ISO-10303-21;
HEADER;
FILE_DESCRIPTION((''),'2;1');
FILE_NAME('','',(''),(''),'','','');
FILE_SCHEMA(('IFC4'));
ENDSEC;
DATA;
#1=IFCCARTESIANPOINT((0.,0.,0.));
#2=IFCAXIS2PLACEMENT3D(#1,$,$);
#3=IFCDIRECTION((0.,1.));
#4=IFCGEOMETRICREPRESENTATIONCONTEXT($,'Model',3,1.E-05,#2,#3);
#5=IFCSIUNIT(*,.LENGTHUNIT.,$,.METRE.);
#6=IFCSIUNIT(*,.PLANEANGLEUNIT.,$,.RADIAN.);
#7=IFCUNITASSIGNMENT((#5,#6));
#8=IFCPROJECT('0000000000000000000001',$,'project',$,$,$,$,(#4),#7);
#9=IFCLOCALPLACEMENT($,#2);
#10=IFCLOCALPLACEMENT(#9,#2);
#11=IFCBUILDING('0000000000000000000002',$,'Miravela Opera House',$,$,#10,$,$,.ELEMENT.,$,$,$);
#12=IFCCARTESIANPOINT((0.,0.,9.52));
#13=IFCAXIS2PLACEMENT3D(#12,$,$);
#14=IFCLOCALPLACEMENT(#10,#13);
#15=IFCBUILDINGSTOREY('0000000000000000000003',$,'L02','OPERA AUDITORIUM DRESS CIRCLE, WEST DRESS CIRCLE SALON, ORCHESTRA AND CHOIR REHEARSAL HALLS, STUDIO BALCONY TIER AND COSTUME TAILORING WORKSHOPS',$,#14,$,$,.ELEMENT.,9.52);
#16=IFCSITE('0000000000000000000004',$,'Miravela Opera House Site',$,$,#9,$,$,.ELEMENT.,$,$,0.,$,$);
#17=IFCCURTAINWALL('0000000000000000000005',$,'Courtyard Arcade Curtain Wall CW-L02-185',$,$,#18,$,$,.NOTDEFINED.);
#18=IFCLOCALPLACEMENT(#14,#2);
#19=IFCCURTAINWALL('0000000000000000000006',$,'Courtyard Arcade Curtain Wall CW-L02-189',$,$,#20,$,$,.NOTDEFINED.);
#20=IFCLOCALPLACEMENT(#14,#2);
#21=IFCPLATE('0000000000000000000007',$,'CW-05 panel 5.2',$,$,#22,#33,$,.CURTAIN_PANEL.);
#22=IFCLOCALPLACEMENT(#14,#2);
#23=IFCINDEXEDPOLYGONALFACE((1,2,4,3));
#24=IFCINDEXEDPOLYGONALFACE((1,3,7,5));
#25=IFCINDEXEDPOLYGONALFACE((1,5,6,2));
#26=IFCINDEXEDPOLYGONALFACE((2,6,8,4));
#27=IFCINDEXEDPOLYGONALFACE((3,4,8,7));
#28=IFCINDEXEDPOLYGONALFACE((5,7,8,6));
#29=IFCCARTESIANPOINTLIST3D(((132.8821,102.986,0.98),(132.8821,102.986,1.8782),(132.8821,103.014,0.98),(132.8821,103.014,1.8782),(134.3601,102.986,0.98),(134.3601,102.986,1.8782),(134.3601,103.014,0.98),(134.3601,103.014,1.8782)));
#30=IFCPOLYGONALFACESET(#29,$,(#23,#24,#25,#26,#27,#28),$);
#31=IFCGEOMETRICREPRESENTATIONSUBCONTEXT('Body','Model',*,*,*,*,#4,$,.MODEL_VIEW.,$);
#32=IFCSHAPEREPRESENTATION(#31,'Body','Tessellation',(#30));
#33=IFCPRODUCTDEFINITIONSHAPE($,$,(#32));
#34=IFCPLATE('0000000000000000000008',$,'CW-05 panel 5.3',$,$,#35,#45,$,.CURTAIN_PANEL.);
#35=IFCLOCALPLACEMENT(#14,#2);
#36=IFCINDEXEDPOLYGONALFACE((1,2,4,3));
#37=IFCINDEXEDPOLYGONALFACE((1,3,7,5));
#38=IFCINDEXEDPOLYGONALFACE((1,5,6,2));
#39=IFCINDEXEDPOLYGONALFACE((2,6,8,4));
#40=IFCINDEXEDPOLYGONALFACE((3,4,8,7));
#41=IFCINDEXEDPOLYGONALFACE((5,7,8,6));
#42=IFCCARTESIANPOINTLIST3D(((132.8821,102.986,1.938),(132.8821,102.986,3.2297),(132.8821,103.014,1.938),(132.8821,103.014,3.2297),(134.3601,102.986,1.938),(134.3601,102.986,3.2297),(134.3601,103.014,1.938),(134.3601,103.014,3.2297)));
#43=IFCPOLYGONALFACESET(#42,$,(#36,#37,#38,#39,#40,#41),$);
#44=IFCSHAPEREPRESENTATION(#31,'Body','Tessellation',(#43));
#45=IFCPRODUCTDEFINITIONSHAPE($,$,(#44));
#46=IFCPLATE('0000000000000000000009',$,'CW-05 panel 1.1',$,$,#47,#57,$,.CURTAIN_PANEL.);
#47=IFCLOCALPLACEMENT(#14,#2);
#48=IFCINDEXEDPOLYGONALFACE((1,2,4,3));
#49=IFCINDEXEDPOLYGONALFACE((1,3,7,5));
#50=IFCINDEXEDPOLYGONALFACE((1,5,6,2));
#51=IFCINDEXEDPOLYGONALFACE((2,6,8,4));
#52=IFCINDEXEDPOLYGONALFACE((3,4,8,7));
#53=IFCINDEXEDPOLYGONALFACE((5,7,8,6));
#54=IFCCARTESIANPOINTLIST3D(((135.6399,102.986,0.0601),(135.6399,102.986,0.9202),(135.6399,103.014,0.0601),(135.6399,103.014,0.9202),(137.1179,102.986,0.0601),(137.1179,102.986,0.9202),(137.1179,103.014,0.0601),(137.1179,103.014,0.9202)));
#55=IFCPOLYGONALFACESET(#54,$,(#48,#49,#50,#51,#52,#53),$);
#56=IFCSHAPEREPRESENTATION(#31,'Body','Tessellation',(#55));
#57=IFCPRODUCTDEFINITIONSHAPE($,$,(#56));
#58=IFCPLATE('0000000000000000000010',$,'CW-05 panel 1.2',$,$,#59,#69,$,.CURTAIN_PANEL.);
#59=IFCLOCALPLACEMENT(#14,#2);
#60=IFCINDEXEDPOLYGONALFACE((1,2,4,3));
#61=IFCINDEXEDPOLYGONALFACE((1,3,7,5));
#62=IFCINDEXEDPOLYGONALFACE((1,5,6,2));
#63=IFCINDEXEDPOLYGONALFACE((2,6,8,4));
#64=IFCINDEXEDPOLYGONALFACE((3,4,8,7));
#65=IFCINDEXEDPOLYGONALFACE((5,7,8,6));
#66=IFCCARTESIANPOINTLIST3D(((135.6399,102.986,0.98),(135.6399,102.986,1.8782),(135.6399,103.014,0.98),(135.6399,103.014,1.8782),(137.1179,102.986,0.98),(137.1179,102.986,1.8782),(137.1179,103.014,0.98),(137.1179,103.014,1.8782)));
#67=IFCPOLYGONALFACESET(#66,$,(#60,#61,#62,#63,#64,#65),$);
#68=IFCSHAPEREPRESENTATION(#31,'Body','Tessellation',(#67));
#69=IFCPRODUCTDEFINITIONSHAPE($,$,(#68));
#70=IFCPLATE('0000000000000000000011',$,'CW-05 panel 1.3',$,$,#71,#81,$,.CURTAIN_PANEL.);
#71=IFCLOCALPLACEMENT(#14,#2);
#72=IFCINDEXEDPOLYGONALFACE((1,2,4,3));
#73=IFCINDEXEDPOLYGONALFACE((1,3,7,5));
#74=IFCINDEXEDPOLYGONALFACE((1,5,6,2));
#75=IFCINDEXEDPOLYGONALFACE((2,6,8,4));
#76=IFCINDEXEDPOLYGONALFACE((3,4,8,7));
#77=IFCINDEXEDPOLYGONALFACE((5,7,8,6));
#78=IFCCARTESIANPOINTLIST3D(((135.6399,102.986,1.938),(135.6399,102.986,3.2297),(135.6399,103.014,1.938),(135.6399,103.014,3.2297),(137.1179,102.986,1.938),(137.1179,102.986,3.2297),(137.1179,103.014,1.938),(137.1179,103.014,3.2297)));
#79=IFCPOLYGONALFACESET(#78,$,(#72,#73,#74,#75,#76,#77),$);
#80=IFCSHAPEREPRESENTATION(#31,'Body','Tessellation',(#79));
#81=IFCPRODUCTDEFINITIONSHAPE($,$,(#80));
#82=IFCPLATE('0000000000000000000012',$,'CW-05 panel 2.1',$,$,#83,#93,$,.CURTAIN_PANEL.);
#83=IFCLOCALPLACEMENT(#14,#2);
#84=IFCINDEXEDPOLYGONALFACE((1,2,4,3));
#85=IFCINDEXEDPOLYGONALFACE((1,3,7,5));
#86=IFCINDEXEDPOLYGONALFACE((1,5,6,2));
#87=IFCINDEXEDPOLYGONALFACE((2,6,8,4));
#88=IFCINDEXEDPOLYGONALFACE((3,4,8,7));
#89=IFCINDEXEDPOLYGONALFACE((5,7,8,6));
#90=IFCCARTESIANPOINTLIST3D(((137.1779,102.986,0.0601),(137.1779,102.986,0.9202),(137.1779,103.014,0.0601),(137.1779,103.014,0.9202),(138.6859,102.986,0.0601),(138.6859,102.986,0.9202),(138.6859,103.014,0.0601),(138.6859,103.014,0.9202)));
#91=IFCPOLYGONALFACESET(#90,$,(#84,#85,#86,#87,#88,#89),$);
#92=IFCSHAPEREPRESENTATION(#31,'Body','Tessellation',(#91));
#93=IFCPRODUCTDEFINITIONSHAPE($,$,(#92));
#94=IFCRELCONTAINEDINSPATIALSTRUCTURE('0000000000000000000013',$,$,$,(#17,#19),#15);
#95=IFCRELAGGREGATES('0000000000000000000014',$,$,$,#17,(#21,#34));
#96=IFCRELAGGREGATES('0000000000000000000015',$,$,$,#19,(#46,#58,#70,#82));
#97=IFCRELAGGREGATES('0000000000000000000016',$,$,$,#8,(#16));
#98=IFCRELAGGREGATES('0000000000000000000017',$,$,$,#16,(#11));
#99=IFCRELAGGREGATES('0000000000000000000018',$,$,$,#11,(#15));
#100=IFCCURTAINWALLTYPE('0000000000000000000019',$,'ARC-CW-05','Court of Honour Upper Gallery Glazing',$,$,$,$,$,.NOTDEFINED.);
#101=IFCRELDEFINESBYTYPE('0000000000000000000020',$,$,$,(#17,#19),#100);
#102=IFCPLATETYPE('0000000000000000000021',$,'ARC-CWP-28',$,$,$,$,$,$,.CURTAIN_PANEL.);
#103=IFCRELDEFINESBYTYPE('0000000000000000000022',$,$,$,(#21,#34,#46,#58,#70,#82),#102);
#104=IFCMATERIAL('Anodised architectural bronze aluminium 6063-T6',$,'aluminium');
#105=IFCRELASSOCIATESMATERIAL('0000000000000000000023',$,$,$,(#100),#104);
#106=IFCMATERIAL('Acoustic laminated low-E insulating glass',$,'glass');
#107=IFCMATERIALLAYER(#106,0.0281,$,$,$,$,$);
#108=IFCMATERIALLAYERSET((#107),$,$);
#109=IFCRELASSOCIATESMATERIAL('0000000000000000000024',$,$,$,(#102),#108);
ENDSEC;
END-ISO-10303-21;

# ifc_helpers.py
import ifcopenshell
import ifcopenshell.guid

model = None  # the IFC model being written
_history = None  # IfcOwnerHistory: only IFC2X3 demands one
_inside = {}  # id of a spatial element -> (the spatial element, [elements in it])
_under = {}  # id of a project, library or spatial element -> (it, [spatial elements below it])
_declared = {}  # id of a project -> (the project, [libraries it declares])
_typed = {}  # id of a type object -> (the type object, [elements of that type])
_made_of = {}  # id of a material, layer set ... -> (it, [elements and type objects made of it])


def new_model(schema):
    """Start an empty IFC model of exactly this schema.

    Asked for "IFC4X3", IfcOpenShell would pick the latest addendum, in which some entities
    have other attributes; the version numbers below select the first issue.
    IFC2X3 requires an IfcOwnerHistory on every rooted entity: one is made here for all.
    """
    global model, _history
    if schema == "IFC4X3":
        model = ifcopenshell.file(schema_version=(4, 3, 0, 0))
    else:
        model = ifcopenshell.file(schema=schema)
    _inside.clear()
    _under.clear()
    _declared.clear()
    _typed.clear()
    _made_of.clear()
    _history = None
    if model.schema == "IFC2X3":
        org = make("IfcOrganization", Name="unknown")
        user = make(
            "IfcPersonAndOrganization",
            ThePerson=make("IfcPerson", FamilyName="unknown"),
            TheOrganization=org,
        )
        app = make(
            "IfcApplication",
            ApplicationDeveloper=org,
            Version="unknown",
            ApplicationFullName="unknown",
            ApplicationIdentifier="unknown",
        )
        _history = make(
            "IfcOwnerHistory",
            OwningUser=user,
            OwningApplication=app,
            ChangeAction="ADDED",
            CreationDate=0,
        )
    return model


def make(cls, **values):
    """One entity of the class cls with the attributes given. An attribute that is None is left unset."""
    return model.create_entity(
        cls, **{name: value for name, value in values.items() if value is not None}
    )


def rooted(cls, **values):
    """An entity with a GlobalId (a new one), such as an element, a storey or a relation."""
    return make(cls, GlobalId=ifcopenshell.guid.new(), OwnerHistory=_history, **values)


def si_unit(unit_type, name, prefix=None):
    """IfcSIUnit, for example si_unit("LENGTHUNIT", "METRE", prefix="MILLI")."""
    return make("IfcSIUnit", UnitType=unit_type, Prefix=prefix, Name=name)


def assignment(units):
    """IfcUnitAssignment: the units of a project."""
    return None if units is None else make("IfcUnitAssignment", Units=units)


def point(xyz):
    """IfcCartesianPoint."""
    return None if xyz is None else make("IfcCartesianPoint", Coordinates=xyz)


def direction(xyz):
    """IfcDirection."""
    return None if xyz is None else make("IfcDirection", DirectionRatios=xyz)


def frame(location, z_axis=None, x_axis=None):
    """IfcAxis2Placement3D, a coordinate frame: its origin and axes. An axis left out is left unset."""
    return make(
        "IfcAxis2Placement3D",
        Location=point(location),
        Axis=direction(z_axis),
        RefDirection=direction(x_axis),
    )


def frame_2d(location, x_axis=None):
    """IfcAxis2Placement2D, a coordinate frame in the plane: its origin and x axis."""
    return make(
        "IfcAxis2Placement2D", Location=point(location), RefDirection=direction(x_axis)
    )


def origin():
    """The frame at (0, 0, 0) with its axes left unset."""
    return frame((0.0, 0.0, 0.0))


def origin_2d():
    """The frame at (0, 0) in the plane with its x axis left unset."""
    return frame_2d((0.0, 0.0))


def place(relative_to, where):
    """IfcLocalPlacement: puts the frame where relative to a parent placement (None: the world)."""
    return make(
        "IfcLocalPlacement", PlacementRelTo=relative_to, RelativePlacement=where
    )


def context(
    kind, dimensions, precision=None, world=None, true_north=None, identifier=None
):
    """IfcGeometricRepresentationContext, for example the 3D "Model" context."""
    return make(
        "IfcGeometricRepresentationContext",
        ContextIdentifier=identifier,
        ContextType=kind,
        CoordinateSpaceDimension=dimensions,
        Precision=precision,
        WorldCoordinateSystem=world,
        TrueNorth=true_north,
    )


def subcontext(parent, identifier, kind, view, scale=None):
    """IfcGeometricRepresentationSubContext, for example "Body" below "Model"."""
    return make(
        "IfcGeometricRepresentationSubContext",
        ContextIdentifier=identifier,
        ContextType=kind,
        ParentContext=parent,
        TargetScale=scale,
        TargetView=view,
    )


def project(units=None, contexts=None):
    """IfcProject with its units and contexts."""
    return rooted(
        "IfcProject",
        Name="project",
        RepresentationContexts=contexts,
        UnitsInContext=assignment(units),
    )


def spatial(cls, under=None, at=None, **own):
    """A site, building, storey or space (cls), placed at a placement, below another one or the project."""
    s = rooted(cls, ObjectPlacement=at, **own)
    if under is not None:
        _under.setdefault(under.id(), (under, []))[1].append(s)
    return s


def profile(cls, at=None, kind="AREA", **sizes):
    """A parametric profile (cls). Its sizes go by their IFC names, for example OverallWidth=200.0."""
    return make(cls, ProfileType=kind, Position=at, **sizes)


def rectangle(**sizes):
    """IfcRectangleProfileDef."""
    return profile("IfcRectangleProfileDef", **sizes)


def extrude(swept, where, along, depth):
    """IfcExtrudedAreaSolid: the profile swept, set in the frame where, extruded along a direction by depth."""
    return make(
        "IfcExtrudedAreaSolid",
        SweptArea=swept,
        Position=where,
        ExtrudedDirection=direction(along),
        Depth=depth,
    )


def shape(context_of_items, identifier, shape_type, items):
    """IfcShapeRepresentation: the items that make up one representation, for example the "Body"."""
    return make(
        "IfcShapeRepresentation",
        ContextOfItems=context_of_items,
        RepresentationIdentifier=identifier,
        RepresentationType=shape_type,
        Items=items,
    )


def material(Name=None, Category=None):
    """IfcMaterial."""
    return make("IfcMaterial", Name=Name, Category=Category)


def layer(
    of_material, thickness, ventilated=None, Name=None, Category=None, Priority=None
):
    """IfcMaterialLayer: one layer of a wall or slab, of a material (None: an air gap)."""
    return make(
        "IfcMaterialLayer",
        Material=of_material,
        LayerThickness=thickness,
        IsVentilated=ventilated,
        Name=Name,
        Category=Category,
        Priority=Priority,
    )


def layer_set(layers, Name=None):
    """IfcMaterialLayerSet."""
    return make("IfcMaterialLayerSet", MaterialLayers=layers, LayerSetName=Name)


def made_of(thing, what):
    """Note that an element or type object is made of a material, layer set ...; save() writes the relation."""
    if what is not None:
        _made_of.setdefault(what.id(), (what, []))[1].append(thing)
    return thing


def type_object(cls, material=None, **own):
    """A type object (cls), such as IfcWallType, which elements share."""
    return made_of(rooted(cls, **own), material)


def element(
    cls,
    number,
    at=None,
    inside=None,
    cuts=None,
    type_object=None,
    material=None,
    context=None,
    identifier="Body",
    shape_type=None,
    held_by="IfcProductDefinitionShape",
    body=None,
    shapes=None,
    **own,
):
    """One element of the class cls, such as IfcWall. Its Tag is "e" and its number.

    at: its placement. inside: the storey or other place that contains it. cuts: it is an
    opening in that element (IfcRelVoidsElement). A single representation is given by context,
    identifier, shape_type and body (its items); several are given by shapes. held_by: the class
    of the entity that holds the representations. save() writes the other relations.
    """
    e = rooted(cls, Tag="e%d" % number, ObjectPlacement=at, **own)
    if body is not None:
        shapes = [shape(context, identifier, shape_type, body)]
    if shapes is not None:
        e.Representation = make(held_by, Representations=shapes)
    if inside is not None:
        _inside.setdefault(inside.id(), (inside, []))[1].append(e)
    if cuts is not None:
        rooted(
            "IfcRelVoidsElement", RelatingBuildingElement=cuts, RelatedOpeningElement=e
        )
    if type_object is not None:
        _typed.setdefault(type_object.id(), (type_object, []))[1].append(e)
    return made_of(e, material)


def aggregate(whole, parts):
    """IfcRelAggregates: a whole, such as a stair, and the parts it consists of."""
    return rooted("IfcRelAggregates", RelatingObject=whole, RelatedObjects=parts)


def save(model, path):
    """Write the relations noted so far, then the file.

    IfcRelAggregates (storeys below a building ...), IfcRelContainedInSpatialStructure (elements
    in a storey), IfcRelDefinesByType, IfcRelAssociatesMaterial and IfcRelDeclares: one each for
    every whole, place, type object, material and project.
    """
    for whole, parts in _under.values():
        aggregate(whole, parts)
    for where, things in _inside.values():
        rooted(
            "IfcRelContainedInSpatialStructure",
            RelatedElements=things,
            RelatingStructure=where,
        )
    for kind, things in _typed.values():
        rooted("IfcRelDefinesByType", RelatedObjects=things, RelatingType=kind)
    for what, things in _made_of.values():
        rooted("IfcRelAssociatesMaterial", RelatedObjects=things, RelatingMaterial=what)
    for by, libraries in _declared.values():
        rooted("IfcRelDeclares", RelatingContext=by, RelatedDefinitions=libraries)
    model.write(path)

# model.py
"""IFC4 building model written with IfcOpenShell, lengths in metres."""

from ifc_helpers import new_model, si_unit, direction, frame, origin, origin_2d, place, context, subcontext, project, spatial, rectangle, extrude, material, layer, layer_set, type_object, element, aggregate, save


model = new_model("IFC4")

# Units and contexts
model_context = context("Model", 3, precision=1e-05, world=origin(), true_north=direction((0.0, 1.0)))
body_context = subcontext(model_context, "Body", "Model", "MODEL_VIEW")
ifc_project = project(units=[si_unit("LENGTHUNIT", "METRE"), si_unit("PLANEANGLEUNIT", "RADIAN")], contexts=[model_context])

# Site, building, storey
site_placement = place(None, origin())
site = spatial("IfcSite", under=ifc_project, at=site_placement, Name="Miravela Opera House Site", CompositionType="ELEMENT", RefElevation=0.0)
building_placement = place(site_placement, origin())
building = spatial("IfcBuilding", under=site, at=building_placement, Name="Miravela Opera House", CompositionType="ELEMENT")
storey_placement = place(building_placement, frame((0.0, 0.0, 9.52)))
storey = spatial("IfcBuildingStorey", under=building, at=storey_placement, Name="L02", Description="OPERA AUDITORIUM DRESS CIRCLE, WEST DRESS CIRCLE SALON, ORCHESTRA AND CHOIR REHEARSAL HALLS, STUDIO BALCONY TIER AND COSTUME TAILORING WORKSHOPS", CompositionType="ELEMENT", Elevation=9.52)

# Curtain wall
ifc_material_1 = material(Name="Anodised architectural bronze aluminium 6063-T6", Category="aluminium")
curtain_wall_type = type_object("IfcCurtainWallType", Name="ARC-CW-05", Description="Court of Honour Upper Gallery Glazing", PredefinedType="NOTDEFINED", material=ifc_material_1)
curtain_wall_1_placement = place(storey_placement, origin())
curtain_wall_1 = element("IfcCurtainWall", 1, at=curtain_wall_1_placement, inside=storey, type_object=curtain_wall_type, Name="Courtyard Arcade Curtain Wall CW-L02-185", PredefinedType="NOTDEFINED")

# Curtain wall
curtain_wall_2_placement = place(storey_placement, origin())
curtain_wall_2 = element("IfcCurtainWall", 2, at=curtain_wall_2_placement, inside=storey, type_object=curtain_wall_type, Name="Courtyard Arcade Curtain Wall CW-L02-189", PredefinedType="NOTDEFINED")

# Plates
ifc_material_2 = material(Name="Acoustic laminated low-E insulating glass", Category="glass")
ifc_layer = layer(ifc_material_2, 0.0281)
ifc_layer_set = layer_set([ifc_layer])
plate_type = type_object("IfcPlateType", Name="ARC-CWP-28", PredefinedType="CURTAIN_PANEL", material=ifc_layer_set)
plate_1_placement = place(storey_placement, frame((133.6211, 103.0, 0.98), z_axis=(0.0, 0.0, 1.0), x_axis=(1.0, 0.0, 0.0)))
plate_1 = element("IfcPlate", 3, at=plate_1_placement, type_object=plate_type, Name="CW-05 panel 5.2", PredefinedType="CURTAIN_PANEL", context=body_context, shape_type="SweptSolid", body=[
    extrude(rectangle(XDim=1.478, YDim=0.0281, at=origin_2d()), origin(), (0.0, 0.0, 1.0), 0.8982),
])
plate_2_placement = place(storey_placement, frame((133.6211, 103.0, 1.938), z_axis=(0.0, 0.0, 1.0), x_axis=(1.0, 0.0, 0.0)))
plate_2 = element("IfcPlate", 4, at=plate_2_placement, type_object=plate_type, Name="CW-05 panel 5.3", PredefinedType="CURTAIN_PANEL", context=body_context, shape_type="SweptSolid", body=[
    extrude(rectangle(XDim=1.478, YDim=0.0281, at=origin_2d()), origin(), (0.0, 0.0, 1.0), 1.2917),
])
aggregate(curtain_wall_1, [plate_1, plate_2])
plate_3_placement = place(storey_placement, frame((136.3789, 103.0, 0.0601), z_axis=(0.0, 0.0, 1.0), x_axis=(1.0, 0.0, 0.0)))
plate_3 = element("IfcPlate", 5, at=plate_3_placement, type_object=plate_type, Name="CW-05 panel 1.1", PredefinedType="CURTAIN_PANEL", context=body_context, shape_type="SweptSolid", body=[
    extrude(rectangle(XDim=1.478, YDim=0.0281, at=origin_2d()), origin(), (0.0, 0.0, 1.0), 0.8601),
])
plate_4_placement = place(storey_placement, frame((136.3789, 103.0, 0.98), z_axis=(0.0, 0.0, 1.0), x_axis=(1.0, 0.0, 0.0)))
plate_4 = element("IfcPlate", 6, at=plate_4_placement, type_object=plate_type, Name="CW-05 panel 1.2", PredefinedType="CURTAIN_PANEL", context=body_context, shape_type="SweptSolid", body=[
    extrude(rectangle(XDim=1.478, YDim=0.0281, at=origin_2d()), origin(), (0.0, 0.0, 1.0), 0.8982),
])
plate_5_placement = place(storey_placement, frame((136.3789, 103.0, 1.938), z_axis=(0.0, 0.0, 1.0), x_axis=(1.0, 0.0, 0.0)))
plate_5 = element("IfcPlate", 7, at=plate_5_placement, type_object=plate_type, Name="CW-05 panel 1.3", PredefinedType="CURTAIN_PANEL", context=body_context, shape_type="SweptSolid", body=[
    extrude(rectangle(XDim=1.478, YDim=0.0281, at=origin_2d()), origin(), (0.0, 0.0, 1.0), 1.2917),
])
plate_6_placement = place(storey_placement, frame((137.9319, 103.0, 0.0601), z_axis=(0.0, 0.0, 1.0), x_axis=(1.0, 0.0, 0.0)))
plate_6 = element("IfcPlate", 8, at=plate_6_placement, type_object=plate_type, Name="CW-05 panel 2.1", PredefinedType="CURTAIN_PANEL", context=body_context, shape_type="SweptSolid", body=[
    extrude(rectangle(XDim=1.5081, YDim=0.0281, at=origin_2d()), origin(), (0.0, 0.0, 1.0), 0.8601),
])
aggregate(curtain_wall_2, [plate_3, plate_4, plate_5, plate_6])

save(model, "model.ifc")
